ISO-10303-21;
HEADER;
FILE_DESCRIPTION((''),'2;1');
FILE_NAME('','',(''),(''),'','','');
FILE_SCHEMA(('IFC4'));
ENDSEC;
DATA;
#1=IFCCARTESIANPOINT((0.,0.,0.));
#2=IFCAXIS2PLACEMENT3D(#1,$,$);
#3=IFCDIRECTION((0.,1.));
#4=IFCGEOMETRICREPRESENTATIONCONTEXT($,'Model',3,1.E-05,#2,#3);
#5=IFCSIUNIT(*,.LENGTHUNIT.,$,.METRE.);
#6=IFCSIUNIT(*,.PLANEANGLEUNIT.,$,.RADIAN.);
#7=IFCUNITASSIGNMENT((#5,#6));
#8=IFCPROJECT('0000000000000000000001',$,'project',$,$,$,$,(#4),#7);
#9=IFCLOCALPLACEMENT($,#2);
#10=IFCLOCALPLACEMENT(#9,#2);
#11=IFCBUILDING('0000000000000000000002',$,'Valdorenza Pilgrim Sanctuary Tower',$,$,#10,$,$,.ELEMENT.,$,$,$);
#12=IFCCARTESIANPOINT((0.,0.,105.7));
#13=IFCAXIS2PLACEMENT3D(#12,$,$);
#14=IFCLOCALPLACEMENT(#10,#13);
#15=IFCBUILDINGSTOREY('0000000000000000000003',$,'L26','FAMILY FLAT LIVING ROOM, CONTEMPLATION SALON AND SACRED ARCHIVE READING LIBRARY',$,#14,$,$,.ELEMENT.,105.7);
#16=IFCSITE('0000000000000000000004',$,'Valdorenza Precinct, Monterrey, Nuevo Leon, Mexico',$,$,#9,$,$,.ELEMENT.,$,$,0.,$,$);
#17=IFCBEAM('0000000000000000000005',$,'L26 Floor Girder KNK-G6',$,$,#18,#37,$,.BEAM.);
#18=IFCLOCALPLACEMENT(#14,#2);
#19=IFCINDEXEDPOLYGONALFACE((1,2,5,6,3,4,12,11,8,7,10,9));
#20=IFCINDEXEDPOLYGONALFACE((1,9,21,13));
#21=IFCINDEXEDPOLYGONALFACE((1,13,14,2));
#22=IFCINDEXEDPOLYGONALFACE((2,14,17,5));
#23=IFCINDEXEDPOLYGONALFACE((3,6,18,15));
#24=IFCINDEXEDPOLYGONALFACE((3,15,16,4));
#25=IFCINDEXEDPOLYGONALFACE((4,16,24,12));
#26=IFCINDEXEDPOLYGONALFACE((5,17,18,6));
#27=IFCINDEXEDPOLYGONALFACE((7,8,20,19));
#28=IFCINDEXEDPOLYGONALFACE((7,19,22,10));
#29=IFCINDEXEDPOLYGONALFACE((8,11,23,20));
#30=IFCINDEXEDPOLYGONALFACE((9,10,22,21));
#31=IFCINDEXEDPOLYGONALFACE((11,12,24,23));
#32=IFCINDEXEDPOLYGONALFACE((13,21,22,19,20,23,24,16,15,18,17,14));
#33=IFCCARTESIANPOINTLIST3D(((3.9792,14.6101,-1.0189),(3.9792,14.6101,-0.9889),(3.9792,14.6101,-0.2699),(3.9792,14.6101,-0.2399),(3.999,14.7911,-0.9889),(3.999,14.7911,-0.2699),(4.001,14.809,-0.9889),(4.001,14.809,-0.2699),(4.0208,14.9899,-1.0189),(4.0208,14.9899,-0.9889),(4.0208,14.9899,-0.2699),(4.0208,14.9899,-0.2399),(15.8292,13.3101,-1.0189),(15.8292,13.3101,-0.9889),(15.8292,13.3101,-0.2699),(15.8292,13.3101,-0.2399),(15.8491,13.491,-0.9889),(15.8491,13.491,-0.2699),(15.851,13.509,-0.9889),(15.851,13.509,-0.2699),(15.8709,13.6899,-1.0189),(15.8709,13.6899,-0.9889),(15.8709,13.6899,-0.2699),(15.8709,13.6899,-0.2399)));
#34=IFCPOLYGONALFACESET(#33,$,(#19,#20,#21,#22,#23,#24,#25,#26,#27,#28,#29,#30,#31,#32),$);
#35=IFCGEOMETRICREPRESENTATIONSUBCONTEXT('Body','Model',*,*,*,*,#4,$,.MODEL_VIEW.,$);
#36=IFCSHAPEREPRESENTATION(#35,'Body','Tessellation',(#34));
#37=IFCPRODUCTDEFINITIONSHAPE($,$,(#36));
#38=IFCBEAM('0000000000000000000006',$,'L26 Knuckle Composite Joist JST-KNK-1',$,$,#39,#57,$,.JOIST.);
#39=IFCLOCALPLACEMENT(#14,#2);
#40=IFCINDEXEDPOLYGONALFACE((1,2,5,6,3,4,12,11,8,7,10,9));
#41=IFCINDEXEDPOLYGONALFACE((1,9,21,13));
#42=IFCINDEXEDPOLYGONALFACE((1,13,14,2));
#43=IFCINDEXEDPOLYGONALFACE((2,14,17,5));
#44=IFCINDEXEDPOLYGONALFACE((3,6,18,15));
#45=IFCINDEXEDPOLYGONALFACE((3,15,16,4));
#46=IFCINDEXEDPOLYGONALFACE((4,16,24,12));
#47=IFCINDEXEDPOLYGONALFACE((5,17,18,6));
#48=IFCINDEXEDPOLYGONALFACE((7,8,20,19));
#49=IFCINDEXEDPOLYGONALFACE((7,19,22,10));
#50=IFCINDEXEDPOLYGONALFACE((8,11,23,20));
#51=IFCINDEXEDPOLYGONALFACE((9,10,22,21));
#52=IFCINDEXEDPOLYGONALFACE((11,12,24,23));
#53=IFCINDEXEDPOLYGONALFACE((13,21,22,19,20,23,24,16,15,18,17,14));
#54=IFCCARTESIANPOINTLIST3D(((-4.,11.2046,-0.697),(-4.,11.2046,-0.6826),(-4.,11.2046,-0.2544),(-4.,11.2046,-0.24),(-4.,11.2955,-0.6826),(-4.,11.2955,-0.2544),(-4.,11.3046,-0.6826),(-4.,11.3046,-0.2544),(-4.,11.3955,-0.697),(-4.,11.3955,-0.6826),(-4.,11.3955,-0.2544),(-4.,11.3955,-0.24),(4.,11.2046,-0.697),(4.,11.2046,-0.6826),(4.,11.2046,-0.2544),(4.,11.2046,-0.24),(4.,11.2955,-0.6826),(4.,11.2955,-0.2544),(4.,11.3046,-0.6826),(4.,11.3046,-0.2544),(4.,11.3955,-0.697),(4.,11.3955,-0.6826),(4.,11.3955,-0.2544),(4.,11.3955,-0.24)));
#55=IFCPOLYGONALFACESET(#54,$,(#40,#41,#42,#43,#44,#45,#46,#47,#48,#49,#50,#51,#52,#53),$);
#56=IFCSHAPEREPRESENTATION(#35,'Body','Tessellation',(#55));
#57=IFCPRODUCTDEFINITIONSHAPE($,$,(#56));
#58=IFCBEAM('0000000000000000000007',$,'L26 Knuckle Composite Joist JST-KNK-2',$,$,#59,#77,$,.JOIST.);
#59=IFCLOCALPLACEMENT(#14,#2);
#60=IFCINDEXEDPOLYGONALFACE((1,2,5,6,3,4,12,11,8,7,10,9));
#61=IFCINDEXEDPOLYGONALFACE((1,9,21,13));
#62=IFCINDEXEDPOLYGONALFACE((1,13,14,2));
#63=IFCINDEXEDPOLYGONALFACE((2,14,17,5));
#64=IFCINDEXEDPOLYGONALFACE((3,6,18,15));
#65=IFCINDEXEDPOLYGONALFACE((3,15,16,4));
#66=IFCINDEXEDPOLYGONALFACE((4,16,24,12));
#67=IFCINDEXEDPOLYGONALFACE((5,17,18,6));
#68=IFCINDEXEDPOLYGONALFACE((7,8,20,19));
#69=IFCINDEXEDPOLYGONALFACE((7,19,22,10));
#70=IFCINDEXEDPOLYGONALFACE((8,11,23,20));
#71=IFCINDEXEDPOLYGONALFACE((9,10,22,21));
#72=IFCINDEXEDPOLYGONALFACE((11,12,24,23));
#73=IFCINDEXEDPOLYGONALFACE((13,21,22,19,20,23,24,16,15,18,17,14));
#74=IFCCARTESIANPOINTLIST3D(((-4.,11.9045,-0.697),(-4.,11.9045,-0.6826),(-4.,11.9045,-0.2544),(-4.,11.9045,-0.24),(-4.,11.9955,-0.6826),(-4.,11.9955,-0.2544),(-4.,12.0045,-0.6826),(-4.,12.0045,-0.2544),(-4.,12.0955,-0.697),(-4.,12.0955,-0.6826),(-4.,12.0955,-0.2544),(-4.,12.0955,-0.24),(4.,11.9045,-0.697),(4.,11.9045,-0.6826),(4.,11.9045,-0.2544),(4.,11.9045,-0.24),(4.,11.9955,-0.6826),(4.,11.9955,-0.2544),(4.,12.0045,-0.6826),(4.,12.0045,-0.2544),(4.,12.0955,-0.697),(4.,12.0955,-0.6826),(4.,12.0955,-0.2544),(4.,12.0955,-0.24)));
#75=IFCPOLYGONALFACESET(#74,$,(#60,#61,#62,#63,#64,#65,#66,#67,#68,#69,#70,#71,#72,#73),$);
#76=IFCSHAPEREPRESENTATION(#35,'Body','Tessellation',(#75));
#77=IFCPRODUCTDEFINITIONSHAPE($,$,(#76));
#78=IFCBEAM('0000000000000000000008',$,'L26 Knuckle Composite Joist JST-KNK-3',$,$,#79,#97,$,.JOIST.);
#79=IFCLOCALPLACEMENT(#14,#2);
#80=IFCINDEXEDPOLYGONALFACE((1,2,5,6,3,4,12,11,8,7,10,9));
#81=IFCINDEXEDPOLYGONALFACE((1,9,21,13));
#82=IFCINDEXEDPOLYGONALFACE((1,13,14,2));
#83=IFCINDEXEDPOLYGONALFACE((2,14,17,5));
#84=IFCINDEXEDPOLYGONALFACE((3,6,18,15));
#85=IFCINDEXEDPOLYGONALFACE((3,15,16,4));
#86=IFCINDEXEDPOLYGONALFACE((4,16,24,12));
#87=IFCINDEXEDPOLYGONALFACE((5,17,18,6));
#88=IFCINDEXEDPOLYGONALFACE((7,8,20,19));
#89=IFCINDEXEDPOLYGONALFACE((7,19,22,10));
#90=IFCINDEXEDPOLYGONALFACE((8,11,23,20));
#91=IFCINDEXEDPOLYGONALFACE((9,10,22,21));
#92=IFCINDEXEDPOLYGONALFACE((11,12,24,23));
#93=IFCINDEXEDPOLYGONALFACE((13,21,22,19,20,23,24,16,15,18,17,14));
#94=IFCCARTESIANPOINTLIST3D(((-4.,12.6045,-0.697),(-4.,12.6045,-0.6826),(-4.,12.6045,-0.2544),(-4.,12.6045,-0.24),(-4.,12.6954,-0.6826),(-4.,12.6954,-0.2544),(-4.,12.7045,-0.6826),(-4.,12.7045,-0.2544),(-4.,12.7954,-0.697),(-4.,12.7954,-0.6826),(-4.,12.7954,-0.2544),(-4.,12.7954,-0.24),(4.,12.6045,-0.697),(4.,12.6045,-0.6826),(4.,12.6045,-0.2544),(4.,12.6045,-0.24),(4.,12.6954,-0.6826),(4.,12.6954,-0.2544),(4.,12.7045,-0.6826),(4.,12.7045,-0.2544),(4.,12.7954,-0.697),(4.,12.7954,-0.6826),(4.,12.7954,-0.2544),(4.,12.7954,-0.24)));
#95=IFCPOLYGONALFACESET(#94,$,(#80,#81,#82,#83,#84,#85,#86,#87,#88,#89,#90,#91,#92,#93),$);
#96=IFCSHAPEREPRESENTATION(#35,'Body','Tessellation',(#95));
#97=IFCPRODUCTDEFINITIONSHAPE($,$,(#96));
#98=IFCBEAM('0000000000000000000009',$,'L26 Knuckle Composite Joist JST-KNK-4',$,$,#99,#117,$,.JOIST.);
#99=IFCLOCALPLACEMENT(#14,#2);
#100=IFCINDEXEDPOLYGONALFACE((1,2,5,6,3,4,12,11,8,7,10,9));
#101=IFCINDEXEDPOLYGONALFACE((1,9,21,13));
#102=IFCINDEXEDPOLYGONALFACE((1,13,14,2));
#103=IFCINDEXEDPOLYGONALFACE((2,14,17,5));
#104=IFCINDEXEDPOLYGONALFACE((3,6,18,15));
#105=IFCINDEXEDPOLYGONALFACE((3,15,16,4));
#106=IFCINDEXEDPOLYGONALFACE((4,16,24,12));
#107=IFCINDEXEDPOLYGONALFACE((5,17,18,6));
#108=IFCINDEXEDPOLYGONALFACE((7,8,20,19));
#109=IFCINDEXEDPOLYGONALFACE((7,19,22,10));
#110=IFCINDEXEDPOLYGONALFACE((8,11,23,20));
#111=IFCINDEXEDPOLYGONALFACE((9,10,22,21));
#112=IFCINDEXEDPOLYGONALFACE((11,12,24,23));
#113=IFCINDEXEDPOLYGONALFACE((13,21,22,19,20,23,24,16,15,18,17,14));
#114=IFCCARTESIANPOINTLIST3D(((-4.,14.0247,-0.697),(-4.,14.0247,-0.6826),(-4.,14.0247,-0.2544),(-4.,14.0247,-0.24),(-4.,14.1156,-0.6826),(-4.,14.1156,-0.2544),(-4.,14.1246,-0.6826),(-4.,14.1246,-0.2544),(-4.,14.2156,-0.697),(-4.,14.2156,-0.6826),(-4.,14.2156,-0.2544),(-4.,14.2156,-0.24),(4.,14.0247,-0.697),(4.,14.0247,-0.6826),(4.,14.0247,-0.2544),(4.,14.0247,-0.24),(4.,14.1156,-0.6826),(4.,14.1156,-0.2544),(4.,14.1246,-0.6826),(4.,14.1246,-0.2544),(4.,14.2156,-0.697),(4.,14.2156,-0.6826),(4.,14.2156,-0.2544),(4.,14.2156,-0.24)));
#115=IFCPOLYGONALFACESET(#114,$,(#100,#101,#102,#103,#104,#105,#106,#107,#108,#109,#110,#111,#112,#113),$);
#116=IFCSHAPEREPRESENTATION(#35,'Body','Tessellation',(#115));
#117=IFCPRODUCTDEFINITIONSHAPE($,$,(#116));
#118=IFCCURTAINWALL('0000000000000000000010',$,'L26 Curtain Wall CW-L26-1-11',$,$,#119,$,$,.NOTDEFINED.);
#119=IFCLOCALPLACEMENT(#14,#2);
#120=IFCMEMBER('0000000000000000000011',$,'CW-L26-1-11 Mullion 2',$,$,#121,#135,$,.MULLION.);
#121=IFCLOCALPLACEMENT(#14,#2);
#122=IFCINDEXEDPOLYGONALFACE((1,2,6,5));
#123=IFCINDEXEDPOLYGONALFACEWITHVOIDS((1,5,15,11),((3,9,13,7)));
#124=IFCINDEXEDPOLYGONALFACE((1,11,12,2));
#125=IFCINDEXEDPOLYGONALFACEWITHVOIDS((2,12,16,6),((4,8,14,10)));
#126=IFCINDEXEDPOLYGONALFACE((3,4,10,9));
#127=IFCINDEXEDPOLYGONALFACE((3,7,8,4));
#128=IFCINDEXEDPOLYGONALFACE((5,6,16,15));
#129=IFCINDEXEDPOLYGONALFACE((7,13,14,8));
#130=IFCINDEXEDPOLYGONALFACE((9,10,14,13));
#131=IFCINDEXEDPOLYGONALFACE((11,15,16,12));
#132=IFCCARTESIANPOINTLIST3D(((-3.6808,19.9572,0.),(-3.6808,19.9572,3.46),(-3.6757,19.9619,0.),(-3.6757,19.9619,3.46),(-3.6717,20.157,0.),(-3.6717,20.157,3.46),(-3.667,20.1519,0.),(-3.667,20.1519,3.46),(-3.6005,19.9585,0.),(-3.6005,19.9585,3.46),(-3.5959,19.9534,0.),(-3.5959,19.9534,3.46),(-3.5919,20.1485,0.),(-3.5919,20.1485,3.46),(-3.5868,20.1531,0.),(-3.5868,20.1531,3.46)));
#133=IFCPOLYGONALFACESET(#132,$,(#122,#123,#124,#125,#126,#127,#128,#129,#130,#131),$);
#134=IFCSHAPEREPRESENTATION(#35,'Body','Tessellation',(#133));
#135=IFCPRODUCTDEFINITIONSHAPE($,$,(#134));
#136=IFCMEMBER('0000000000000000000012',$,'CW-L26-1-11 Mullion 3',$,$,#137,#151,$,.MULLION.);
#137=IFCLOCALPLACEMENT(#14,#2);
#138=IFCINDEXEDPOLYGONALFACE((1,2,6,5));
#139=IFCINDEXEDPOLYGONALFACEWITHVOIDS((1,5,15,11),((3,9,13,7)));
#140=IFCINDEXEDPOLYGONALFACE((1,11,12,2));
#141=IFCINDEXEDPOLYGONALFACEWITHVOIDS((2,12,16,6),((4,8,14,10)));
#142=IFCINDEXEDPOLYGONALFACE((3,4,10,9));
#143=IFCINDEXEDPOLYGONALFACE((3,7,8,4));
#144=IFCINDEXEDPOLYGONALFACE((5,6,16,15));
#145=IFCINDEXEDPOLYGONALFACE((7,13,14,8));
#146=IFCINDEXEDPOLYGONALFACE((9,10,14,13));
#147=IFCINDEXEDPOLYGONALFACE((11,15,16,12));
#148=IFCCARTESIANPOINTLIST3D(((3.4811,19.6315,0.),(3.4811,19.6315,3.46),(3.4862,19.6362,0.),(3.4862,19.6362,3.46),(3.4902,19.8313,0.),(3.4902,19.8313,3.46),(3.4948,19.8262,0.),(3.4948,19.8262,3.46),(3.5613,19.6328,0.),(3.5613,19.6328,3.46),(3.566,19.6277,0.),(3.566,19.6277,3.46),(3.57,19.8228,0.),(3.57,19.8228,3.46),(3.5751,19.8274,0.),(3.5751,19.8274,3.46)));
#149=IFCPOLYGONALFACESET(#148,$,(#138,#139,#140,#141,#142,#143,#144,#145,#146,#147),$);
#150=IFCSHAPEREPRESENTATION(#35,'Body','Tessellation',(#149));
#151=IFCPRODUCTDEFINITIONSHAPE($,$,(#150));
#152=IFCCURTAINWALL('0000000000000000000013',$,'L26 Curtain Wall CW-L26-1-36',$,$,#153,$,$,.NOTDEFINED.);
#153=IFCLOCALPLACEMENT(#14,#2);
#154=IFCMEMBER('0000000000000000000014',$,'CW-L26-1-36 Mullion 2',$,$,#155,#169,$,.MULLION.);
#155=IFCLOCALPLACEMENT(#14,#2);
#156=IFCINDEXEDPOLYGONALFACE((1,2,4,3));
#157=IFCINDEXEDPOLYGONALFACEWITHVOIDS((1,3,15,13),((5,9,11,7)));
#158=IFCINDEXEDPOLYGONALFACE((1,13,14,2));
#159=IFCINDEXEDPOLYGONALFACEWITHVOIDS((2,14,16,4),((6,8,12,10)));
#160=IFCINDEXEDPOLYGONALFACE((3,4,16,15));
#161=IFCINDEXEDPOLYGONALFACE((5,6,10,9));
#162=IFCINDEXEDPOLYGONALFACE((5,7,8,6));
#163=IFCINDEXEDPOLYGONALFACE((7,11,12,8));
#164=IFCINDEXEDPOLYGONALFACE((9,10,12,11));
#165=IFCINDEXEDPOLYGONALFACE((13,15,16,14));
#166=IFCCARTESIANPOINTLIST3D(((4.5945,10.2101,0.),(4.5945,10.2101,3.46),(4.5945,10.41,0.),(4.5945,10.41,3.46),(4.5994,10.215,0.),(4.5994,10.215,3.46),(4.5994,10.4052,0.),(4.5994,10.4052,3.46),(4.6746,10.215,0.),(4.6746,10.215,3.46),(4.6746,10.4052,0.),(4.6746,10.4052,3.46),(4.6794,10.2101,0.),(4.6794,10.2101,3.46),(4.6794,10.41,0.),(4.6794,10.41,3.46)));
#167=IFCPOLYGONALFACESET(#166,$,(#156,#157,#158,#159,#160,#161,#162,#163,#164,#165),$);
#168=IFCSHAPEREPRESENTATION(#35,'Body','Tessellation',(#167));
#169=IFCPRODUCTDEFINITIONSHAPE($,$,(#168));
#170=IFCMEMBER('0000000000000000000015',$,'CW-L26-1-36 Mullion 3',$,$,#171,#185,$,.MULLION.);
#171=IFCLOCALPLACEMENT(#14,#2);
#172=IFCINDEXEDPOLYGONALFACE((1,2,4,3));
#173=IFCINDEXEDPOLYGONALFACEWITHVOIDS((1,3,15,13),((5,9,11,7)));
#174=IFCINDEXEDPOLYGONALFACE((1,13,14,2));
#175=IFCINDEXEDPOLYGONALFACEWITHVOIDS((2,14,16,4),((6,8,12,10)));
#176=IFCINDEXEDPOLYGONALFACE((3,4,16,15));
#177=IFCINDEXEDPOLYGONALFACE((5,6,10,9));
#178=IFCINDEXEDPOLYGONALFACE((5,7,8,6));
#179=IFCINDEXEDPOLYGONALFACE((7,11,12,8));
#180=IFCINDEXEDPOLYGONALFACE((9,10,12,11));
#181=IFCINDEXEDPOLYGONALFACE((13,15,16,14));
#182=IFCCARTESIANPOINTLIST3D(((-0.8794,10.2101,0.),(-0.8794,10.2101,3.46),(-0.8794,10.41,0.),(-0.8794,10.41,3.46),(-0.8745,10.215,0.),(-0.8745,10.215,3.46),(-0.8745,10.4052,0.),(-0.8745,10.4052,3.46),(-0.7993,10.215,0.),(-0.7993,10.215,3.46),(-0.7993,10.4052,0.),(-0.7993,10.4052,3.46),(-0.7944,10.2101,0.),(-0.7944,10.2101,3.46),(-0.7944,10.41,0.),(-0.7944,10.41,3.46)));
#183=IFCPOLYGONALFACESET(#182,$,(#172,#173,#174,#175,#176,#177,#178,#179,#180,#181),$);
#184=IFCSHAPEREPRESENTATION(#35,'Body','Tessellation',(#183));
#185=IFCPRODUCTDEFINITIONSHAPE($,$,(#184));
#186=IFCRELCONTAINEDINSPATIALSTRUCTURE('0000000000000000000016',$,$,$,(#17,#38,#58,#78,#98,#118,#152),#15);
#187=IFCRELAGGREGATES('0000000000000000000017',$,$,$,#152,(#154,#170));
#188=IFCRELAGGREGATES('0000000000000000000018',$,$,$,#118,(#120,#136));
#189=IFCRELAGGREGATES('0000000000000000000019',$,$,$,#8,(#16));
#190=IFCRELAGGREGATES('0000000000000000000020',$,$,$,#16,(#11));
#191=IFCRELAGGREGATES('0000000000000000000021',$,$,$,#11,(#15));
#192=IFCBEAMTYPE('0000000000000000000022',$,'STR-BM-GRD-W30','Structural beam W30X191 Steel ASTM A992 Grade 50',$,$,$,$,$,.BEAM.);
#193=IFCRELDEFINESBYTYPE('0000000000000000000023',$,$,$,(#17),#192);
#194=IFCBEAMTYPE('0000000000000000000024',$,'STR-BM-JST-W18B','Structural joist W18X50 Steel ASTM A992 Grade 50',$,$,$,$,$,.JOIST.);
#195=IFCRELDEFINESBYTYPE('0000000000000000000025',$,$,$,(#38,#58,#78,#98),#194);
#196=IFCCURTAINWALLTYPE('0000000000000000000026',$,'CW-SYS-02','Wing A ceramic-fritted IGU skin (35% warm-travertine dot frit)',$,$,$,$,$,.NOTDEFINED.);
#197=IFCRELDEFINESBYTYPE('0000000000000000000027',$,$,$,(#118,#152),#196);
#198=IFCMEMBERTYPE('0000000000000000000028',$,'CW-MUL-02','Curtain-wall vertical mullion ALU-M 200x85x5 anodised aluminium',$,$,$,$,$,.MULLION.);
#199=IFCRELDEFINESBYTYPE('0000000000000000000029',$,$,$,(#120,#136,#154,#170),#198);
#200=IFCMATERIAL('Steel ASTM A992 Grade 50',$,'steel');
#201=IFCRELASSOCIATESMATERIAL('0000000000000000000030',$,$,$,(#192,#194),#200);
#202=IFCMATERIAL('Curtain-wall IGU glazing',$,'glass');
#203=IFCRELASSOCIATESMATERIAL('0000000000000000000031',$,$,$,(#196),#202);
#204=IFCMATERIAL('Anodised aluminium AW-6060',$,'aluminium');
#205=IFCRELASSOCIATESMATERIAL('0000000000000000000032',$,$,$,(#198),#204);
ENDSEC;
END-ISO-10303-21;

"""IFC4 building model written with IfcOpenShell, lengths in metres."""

from ifc_helpers import new_model, si_unit, direction, frame, origin, origin_2d, place, context, subcontext, project, spatial, hollow_rectangle, i_section, extrude, source, transform, mapped, material, material_profile, profile_set, type_object, element, aggregate, save


model = new_model("IFC4")

# Units and contexts
model_context = context("Model", 3, precision=1e-05, world=origin(), true_north=direction((0.0, 1.0)))
body_context = subcontext(model_context, "Body", "Model", "MODEL_VIEW")
ifc_project = project(units=[si_unit("LENGTHUNIT", "METRE"), si_unit("PLANEANGLEUNIT", "RADIAN")], contexts=[model_context])

# Site, building, storey
site_placement = place(None, origin())
site = spatial("IfcSite", under=ifc_project, at=site_placement, Name="Valdorenza Precinct, Monterrey, Nuevo Leon, Mexico", CompositionType="ELEMENT", RefElevation=0.0)
building_placement = place(site_placement, origin())
building = spatial("IfcBuilding", under=site, at=building_placement, Name="Valdorenza Pilgrim Sanctuary Tower", CompositionType="ELEMENT")
storey_placement = place(building_placement, frame((0.0, 0.0, 105.7)))
storey = spatial("IfcBuildingStorey", under=building, at=storey_placement, Name="L26", Description="FAMILY FLAT LIVING ROOM, CONTEMPLATION SALON AND SACRED ARCHIVE READING LIBRARY", CompositionType="ELEMENT", Elevation=105.7)

# Shared definitions
ifc_material_1 = material(Name="Steel ASTM A992 Grade 50", Category="steel")

# Beams
ifc_material_profile_1 = material_profile(ifc_material_1, i_section(OverallWidth=0.3821, OverallDepth=0.7791, WebThickness=0.0181, FlangeThickness=0.03, at=origin_2d()), Name="W30X191")
ifc_profile_set_1 = profile_set([ifc_material_profile_1], Name="Steel ASTM A992 Grade 50")
beam_type_1 = type_object("IfcBeamType", Name="STR-BM-GRD-W30", Description="Structural beam W30X191 Steel ASTM A992 Grade 50", PredefinedType="BEAM", material=ifc_profile_set_1)
shared_shape_1 = source(origin(), body_context, "Body", "SweptSolid", [
    extrude(i_section(OverallWidth=0.3821, OverallDepth=0.7791, WebThickness=0.0181, FlangeThickness=0.03, at=origin_2d()), origin(), (0.0, 0.0, 1.0), 11.9211),
])
beam_1_placement = place(storey_placement, frame((4.0, 14.8, -0.6294), z_axis=(0.994036, -0.109054, 0.0), x_axis=(0.109054, 0.994036, 0.0)))
element("IfcBeam", 1, at=beam_1_placement, inside=storey, type_object=beam_type_1, Name="L26 Floor Girder KNK-G6", PredefinedType="BEAM", context=body_context, shape_type="MappedRepresentation", body=[
    mapped(shared_shape_1, transform((0.0, 0.0, 0.0), x_axis=(1.0, 0.0, 0.0), y_axis=(0.0, 1.0, 0.0), z_axis=(0.0, 0.0, 1.0), scale=1.0)),
])
ifc_material_profile_2 = material_profile(ifc_material_1, i_section(OverallWidth=0.1909, OverallDepth=0.457, WebThickness=0.009, FlangeThickness=0.0144, at=origin_2d()), Name="W18X50")
ifc_profile_set_2 = profile_set([ifc_material_profile_2], Name="Steel ASTM A992 Grade 50")
beam_type_2 = type_object("IfcBeamType", Name="STR-BM-JST-W18B", Description="Structural joist W18X50 Steel ASTM A992 Grade 50", PredefinedType="JOIST", material=ifc_profile_set_2)
shared_shape_2 = source(origin(), body_context, "Body", "SweptSolid", [
    extrude(i_section(OverallWidth=0.1909, OverallDepth=0.457, WebThickness=0.009, FlangeThickness=0.0144, at=origin_2d()), origin(), (0.0, 0.0, 1.0), 8.0),
])
for number, where, z_axis, x_axis, name in (
    (2, (-4.0, 11.3, -0.4685), (1.0, 0.0, 0.0), (0.0, 1.0, 0.0), "L26 Knuckle Composite Joist JST-KNK-1"),
    (3, (-4.0, 12.0, -0.4685), (1.0, 0.0, 0.0), (0.0, 1.0, 0.0), "L26 Knuckle Composite Joist JST-KNK-2"),
    (4, (-4.0, 12.7, -0.4685), (1.0, 0.0, 0.0), (0.0, 1.0, 0.0), "L26 Knuckle Composite Joist JST-KNK-3"),
    (5, (-4.0, 14.1201, -0.4685), (1.0, 0.0, 0.0), (0.0, 1.0, 0.0), "L26 Knuckle Composite Joist JST-KNK-4"),
):
    element("IfcBeam", number, at=place(storey_placement, frame(where, z_axis=z_axis, x_axis=x_axis)), inside=storey, type_object=beam_type_2, Name=name, PredefinedType="JOIST", context=body_context, shape_type="MappedRepresentation", body=[
        mapped(shared_shape_2, transform((0.0, 0.0, 0.0), x_axis=(1.0, 0.0, 0.0), y_axis=(0.0, 1.0, 0.0), z_axis=(0.0, 0.0, 1.0), scale=1.0)),
    ])

# Curtain walls, members
ifc_material_2 = material(Name="Curtain-wall IGU glazing", Category="glass")
curtain_wall_type = type_object("IfcCurtainWallType", Name="CW-SYS-02", Description="Wing A ceramic-fritted IGU skin (35% warm-travertine dot frit)", PredefinedType="NOTDEFINED", material=ifc_material_2)
curtain_wall_1_placement = place(storey_placement, origin())
curtain_wall_1 = element("IfcCurtainWall", 6, at=curtain_wall_1_placement, inside=storey, type_object=curtain_wall_type, Name="L26 Curtain Wall CW-L26-1-11", PredefinedType="NOTDEFINED")
ifc_material_3 = material(Name="Anodised aluminium AW-6060", Category="aluminium")
ifc_material_profile_3 = material_profile(ifc_material_3, hollow_rectangle(XDim=0.085, YDim=0.2, WallThickness=0.0049, at=origin_2d()), Name="ALU-M 200x85x5")
ifc_profile_set_3 = profile_set([ifc_material_profile_3], Name="Anodised aluminium AW-6060")
member_type = type_object("IfcMemberType", Name="CW-MUL-02", Description="Curtain-wall vertical mullion ALU-M 200x85x5 anodised aluminium", PredefinedType="MULLION", material=ifc_profile_set_3)
shared_shape_3 = source(origin(), body_context, "Body", "SweptSolid", [
    extrude(hollow_rectangle(XDim=0.085, YDim=0.2, WallThickness=0.0049, at=origin_2d()), origin(), (0.0, 0.0, 1.0), 3.46),
])
member_1_placement = place(storey_placement, frame((-3.6338, 20.0552, 0.0), z_axis=(0.0, 0.0, 1.0), x_axis=(0.998968, -0.045415, 0.0)))
member_1 = element("IfcMember", 7, at=member_1_placement, type_object=member_type, Name="CW-L26-1-11 Mullion 2", PredefinedType="MULLION", context=body_context, shape_type="MappedRepresentation", body=[
    mapped(shared_shape_3, transform((0.0, 0.0, 0.0), x_axis=(1.0, 0.0, 0.0), y_axis=(0.0, 1.0, 0.0), z_axis=(0.0, 0.0, 1.0), scale=1.0)),
])
member_2_placement = place(storey_placement, frame((3.5281, 19.7295, 0.0), z_axis=(0.0, 0.0, 1.0), x_axis=(0.998968, -0.045415, 0.0)))
member_2 = element("IfcMember", 8, at=member_2_placement, type_object=member_type, Name="CW-L26-1-11 Mullion 3", PredefinedType="MULLION", context=body_context, shape_type="MappedRepresentation", body=[
    mapped(shared_shape_3, transform((0.0, 0.0, 0.0), x_axis=(1.0, 0.0, 0.0), y_axis=(0.0, 1.0, 0.0), z_axis=(0.0, 0.0, 1.0), scale=1.0)),
])
curtain_wall_2_placement = place(storey_placement, origin())
curtain_wall_2 = element("IfcCurtainWall", 9, at=curtain_wall_2_placement, inside=storey, type_object=curtain_wall_type, Name="L26 Curtain Wall CW-L26-1-36", PredefinedType="NOTDEFINED")
member_3_placement = place(storey_placement, frame((4.637, 10.3101, 0.0), z_axis=(0.0, 0.0, 1.0), x_axis=(-1.0, 0.0, 0.0)))
member_3 = element("IfcMember", 10, at=member_3_placement, type_object=member_type, Name="CW-L26-1-36 Mullion 2", PredefinedType="MULLION", context=body_context, shape_type="MappedRepresentation", body=[
    mapped(shared_shape_3, transform((0.0, 0.0, 0.0), x_axis=(1.0, 0.0, 0.0), y_axis=(0.0, 1.0, 0.0), z_axis=(0.0, 0.0, 1.0), scale=1.0)),
])
member_4_placement = place(storey_placement, frame((-0.8369, 10.3101, 0.0), z_axis=(0.0, 0.0, 1.0), x_axis=(-1.0, 0.0, 0.0)))
member_4 = element("IfcMember", 11, at=member_4_placement, type_object=member_type, Name="CW-L26-1-36 Mullion 3", PredefinedType="MULLION", context=body_context, shape_type="MappedRepresentation", body=[
    mapped(shared_shape_3, transform((0.0, 0.0, 0.0), x_axis=(1.0, 0.0, 0.0), y_axis=(0.0, 1.0, 0.0), z_axis=(0.0, 0.0, 1.0), scale=1.0)),
])

aggregate(curtain_wall_2, [member_3, member_4])
aggregate(curtain_wall_1, [member_1, member_2])

save(model, "model.ifc")
